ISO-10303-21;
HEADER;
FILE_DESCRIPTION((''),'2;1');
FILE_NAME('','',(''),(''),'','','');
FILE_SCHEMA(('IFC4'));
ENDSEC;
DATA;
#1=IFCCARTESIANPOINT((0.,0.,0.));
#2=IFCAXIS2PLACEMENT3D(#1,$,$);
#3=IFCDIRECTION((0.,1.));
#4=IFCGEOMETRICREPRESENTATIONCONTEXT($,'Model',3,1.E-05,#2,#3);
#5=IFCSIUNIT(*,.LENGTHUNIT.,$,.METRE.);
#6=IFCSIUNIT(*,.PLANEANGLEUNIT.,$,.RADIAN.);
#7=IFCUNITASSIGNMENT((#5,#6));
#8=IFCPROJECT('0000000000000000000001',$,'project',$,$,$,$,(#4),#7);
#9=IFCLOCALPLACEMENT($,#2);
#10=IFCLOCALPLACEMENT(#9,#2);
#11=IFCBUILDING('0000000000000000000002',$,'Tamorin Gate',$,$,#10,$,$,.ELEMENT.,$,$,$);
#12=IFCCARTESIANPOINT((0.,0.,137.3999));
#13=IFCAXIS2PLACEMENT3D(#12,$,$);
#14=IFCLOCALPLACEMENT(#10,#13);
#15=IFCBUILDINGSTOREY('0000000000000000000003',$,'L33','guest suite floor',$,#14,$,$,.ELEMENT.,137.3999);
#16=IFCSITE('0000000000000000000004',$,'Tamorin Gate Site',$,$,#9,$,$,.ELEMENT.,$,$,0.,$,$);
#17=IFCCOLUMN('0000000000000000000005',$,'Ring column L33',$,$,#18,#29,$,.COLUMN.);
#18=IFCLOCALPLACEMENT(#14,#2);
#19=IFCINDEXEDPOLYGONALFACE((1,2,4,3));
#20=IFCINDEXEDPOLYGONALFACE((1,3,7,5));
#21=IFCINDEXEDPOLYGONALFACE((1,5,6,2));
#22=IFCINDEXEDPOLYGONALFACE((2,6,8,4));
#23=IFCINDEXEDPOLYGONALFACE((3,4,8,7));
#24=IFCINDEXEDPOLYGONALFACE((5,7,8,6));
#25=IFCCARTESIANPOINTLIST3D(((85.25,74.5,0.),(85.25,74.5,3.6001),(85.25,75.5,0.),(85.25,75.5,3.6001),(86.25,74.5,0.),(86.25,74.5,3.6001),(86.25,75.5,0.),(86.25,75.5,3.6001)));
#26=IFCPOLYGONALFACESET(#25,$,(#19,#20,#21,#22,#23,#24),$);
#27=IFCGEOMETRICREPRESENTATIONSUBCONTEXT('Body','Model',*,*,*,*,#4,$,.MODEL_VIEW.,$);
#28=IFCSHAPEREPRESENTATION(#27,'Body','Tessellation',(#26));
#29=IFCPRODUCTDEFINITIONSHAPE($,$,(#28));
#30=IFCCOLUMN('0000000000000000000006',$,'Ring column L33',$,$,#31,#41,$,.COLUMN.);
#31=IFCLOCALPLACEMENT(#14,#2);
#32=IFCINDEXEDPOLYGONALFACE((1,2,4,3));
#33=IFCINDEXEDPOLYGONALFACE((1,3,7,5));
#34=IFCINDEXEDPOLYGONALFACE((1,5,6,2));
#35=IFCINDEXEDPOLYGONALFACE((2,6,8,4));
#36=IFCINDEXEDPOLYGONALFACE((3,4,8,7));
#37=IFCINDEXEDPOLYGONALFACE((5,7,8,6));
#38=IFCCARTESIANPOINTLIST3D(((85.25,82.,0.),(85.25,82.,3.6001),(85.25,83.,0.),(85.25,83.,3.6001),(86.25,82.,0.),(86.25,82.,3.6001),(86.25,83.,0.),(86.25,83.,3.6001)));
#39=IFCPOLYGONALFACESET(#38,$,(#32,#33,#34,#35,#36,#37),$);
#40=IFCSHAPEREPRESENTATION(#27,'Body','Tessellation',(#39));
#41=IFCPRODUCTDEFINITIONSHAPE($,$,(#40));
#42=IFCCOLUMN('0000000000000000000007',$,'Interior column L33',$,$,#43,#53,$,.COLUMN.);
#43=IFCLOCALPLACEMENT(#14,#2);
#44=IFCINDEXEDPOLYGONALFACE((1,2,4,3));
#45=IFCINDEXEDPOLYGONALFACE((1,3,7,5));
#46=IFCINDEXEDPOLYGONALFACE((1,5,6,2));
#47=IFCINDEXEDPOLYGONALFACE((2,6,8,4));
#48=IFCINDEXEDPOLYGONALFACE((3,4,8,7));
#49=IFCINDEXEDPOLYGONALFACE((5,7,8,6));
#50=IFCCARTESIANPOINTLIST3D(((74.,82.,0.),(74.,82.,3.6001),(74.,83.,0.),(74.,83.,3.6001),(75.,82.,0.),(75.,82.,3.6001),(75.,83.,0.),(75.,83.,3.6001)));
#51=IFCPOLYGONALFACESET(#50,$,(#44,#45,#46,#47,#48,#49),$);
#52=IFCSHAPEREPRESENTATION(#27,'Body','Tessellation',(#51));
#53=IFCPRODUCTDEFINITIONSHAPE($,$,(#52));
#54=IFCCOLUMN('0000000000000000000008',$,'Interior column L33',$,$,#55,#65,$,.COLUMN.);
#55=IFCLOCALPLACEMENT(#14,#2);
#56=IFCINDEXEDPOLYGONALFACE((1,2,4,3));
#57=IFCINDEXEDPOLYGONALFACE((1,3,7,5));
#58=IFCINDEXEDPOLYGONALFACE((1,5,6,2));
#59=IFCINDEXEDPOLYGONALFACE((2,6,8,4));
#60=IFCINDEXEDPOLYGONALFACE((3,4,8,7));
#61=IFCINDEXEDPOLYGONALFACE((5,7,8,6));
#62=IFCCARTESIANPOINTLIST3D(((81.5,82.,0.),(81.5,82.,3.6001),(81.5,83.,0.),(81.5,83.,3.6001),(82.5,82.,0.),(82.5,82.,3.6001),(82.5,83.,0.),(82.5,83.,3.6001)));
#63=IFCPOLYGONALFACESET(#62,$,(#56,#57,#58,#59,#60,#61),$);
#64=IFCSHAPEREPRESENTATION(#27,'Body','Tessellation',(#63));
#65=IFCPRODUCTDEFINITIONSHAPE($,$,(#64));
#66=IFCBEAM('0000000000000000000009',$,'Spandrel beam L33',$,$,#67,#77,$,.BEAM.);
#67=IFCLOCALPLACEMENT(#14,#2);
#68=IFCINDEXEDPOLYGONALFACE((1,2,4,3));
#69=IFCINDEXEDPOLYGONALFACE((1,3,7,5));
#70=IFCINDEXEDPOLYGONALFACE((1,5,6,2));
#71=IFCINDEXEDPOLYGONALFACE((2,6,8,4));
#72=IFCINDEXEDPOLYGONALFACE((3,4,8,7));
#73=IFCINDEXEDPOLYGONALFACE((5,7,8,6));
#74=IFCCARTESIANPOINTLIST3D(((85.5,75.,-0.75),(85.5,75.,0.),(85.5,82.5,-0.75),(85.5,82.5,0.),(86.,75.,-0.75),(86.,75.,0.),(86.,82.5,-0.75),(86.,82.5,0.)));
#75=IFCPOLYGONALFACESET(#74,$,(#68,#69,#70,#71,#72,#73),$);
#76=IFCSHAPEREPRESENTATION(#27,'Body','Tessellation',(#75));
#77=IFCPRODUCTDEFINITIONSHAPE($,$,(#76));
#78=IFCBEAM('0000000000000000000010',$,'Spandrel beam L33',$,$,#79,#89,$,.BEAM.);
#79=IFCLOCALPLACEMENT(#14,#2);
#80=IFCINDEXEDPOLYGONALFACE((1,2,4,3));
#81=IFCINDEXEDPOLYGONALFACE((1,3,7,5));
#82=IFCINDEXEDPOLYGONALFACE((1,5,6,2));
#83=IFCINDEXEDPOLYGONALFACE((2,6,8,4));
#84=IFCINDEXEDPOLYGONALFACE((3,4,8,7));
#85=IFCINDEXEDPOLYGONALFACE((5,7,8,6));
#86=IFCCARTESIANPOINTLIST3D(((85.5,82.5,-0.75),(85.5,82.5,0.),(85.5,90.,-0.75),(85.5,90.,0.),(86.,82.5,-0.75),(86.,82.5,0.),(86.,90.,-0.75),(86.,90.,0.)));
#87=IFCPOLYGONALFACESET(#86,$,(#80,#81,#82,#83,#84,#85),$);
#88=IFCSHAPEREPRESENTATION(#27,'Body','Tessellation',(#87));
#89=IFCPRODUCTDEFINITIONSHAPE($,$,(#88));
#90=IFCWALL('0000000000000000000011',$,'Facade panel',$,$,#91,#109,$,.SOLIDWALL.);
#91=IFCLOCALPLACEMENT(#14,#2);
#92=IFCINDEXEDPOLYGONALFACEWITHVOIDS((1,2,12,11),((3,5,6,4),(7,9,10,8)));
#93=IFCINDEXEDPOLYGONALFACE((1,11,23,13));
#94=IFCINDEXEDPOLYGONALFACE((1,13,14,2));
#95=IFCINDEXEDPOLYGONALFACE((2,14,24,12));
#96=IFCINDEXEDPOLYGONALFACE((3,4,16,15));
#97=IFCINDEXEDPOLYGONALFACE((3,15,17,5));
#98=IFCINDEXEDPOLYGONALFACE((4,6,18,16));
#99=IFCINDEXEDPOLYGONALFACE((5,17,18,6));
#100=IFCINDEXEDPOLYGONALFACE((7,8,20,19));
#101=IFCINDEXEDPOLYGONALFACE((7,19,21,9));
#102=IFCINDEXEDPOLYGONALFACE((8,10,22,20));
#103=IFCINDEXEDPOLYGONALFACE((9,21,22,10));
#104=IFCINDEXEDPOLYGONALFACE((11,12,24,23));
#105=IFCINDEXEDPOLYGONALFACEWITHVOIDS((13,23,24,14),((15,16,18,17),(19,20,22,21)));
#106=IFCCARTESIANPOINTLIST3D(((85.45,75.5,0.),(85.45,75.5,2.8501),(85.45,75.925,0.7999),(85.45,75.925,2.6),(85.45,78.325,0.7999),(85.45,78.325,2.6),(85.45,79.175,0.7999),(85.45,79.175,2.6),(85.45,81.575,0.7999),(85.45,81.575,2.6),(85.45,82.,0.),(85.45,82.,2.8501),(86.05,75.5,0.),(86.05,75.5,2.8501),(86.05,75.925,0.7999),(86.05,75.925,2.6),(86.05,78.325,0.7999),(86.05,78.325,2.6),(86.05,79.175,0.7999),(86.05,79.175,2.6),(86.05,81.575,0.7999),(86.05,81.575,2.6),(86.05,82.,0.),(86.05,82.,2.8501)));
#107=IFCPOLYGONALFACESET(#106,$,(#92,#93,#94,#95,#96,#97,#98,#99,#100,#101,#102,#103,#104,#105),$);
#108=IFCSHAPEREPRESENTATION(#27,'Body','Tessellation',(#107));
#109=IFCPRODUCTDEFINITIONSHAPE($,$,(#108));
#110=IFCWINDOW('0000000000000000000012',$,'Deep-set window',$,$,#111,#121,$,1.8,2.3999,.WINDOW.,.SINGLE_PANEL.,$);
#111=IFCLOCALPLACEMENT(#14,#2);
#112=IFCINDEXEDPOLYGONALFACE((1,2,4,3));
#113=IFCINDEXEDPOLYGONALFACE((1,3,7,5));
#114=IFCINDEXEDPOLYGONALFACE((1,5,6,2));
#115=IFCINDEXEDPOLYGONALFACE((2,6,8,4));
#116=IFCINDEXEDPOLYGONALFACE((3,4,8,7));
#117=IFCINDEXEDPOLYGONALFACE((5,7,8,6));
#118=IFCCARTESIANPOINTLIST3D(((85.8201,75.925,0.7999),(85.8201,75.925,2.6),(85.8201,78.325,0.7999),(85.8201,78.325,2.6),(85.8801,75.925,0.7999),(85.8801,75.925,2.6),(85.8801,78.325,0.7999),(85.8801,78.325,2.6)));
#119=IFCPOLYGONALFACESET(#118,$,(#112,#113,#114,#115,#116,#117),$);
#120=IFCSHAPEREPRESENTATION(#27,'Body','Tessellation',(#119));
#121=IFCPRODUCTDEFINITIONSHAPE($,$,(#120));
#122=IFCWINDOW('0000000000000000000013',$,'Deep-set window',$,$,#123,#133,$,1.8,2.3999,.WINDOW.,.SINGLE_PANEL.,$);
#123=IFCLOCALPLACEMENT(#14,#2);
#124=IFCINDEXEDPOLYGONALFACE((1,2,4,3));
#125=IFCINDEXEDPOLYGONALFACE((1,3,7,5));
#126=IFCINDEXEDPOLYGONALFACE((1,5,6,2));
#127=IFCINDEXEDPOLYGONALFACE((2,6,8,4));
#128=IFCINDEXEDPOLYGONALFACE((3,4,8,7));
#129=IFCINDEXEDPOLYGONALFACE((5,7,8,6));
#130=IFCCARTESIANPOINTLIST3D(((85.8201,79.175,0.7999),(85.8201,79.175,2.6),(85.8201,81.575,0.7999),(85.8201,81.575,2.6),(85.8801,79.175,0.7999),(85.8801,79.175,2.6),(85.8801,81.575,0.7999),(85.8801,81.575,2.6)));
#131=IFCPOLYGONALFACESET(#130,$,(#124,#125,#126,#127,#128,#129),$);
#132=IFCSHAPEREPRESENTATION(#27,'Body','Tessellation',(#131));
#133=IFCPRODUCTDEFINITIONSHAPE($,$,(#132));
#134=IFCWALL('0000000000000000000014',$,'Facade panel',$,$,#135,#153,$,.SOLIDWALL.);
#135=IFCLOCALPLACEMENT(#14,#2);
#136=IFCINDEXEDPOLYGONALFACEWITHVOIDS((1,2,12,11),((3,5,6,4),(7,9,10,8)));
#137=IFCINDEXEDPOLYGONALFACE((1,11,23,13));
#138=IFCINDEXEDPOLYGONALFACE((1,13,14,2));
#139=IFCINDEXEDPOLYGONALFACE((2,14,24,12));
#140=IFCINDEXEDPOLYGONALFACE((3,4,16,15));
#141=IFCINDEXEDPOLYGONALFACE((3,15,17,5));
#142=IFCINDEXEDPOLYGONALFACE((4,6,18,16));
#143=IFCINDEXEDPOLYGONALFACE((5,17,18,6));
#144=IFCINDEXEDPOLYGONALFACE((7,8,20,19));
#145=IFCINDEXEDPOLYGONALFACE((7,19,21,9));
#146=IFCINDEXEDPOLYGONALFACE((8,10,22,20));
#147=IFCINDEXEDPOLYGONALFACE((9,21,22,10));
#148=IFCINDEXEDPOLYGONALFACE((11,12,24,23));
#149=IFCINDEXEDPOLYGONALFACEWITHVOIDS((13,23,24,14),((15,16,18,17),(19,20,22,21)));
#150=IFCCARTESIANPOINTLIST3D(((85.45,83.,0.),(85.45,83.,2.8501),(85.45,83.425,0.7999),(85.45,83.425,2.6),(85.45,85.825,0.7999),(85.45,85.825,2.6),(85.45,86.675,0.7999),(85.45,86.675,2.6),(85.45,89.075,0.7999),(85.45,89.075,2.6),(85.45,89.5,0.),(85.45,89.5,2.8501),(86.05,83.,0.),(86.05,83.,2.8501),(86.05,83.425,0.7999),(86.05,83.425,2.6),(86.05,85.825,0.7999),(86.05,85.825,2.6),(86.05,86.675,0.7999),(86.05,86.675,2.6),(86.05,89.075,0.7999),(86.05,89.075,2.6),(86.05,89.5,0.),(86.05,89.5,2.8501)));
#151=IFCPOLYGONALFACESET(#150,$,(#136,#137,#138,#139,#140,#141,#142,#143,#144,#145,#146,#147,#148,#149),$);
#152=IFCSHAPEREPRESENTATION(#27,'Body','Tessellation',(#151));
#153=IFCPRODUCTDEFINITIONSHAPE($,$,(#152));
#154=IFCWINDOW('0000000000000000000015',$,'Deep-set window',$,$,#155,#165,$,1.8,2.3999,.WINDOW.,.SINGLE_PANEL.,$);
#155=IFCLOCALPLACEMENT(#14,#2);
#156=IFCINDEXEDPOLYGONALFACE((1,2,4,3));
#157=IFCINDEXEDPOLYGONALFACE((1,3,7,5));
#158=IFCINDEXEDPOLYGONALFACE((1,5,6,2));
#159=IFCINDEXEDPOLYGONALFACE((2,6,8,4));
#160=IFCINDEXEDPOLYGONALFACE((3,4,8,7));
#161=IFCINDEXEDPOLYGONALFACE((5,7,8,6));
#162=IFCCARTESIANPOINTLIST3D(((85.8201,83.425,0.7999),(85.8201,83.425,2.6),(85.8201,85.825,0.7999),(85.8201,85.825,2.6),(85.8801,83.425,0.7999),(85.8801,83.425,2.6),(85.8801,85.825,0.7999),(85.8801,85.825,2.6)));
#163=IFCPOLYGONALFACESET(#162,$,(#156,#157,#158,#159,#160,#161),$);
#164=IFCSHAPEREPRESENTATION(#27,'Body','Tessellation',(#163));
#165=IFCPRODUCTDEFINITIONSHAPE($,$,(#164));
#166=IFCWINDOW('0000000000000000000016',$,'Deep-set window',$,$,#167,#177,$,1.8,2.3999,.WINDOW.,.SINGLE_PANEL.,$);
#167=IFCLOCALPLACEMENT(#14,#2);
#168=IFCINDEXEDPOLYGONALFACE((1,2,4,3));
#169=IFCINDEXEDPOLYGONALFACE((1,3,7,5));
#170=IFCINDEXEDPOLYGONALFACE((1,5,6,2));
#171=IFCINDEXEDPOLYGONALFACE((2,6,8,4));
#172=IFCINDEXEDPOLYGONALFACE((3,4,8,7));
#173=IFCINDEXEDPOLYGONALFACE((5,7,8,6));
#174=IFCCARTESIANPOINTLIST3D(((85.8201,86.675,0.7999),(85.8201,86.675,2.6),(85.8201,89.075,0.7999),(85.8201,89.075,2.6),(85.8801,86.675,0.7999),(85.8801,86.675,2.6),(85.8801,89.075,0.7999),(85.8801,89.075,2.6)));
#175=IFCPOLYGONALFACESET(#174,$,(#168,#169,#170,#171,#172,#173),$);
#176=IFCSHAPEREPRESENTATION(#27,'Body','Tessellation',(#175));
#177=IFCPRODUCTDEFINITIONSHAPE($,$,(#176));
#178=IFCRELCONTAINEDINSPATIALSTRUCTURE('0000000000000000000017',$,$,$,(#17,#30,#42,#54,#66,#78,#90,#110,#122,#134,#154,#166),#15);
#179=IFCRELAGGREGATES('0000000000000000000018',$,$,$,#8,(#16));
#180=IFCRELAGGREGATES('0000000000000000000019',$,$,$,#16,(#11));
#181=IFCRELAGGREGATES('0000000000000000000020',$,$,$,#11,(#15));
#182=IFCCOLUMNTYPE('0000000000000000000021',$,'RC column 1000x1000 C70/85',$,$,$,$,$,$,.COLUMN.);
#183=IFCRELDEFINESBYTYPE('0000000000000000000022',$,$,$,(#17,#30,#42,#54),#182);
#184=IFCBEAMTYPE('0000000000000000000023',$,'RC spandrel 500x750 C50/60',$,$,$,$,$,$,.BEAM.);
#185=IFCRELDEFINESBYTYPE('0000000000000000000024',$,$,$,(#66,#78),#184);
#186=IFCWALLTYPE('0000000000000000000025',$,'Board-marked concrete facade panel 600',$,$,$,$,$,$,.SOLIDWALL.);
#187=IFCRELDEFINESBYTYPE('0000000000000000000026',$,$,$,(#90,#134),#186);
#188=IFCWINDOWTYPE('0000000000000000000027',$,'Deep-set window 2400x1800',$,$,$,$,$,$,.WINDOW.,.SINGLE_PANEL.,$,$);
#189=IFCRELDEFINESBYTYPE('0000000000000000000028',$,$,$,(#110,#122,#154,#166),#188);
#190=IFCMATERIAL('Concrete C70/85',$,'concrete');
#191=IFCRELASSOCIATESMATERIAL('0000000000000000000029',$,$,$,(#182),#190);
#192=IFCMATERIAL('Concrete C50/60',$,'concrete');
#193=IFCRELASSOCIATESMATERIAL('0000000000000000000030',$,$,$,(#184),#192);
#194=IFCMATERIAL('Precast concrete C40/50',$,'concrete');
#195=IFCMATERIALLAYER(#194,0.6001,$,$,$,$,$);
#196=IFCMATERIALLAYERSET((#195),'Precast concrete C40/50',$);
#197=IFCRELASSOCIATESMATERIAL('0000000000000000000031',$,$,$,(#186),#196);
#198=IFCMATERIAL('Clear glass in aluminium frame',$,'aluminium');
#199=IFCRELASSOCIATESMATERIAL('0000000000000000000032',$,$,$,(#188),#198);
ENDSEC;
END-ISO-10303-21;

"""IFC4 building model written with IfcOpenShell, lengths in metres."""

from ifc_helpers import new_model, si_unit, direction, frame, frame_2d, origin, origin_2d, place, context, subcontext, project, spatial, rectangle, extrude, material, layer, layer_set, material_profile, profile_set, type_object, element, fill, save


model = new_model("IFC4")

# Units and contexts
model_context = context("Model", 3, precision=1e-05, world=origin(), true_north=direction((0.0, 1.0)))
body_context = subcontext(model_context, "Body", "Model", "MODEL_VIEW")
ifc_project = project(units=[si_unit("LENGTHUNIT", "METRE"), si_unit("PLANEANGLEUNIT", "RADIAN")], contexts=[model_context])

# Site, building, storey
site_placement = place(None, origin())
site = spatial("IfcSite", under=ifc_project, at=site_placement, Name="Tamorin Gate Site", CompositionType="ELEMENT", RefElevation=0.0)
building_placement = place(site_placement, origin())
building = spatial("IfcBuilding", under=site, at=building_placement, Name="Tamorin Gate", CompositionType="ELEMENT")
storey_placement = place(building_placement, frame((0.0, 0.0, 137.3999)))
storey = spatial("IfcBuildingStorey", under=building, at=storey_placement, Name="L33", Description="guest suite floor", CompositionType="ELEMENT", Elevation=137.3999)

# Columns
ifc_material_1 = material(Name="Concrete C70/85", Category="concrete")
ifc_material_profile_1 = material_profile(ifc_material_1, rectangle(XDim=1.0, YDim=1.0, at=origin_2d()), Name="RC 1000x1000")
ifc_profile_set_1 = profile_set([ifc_material_profile_1], Name="Concrete C70/85")
column_type = type_object("IfcColumnType", Name="RC column 1000x1000 C70/85", PredefinedType="COLUMN", material=ifc_profile_set_1)
for number, where, z_axis, x_axis, name in (
    (1, (85.75, 75.0, 0.0), (0.0, 0.0, 1.0), (1.0, 0.0, 0.0), "Ring column L33"),
    (2, (85.75, 82.5, 0.0), (0.0, 0.0, 1.0), (1.0, 0.0, 0.0), "Ring column L33"),
    (3, (74.5, 82.5, 0.0), (0.0, 0.0, 1.0), (1.0, 0.0, 0.0), "Interior column L33"),
    (4, (82.0, 82.5, 0.0), (0.0, 0.0, 1.0), (1.0, 0.0, 0.0), "Interior column L33"),
):
    element("IfcColumn", number, at=place(storey_placement, frame(where, z_axis=z_axis, x_axis=x_axis)), inside=storey, type_object=column_type, Name=name, PredefinedType="COLUMN", context=body_context, shape_type="SweptSolid", body=[
        extrude(rectangle(XDim=1.0, YDim=1.0, at=origin_2d()), origin(), (0.0, 0.0, 1.0), 3.6001),
    ])

# Beams
ifc_material_2 = material(Name="Concrete C50/60", Category="concrete")
ifc_material_profile_2 = material_profile(ifc_material_2, rectangle(XDim=0.5, YDim=0.75, at=origin_2d()), Name="RC 500x750")
ifc_profile_set_2 = profile_set([ifc_material_profile_2], Name="Concrete C50/60")
beam_type = type_object("IfcBeamType", Name="RC spandrel 500x750 C50/60", PredefinedType="BEAM", material=ifc_profile_set_2)
for number, where, z_axis, x_axis, name in (
    (5, (85.75, 75.0, -0.375), (0.0, 1.0, 0.0), (-1.0, 0.0, 0.0), "Spandrel beam L33"),
    (6, (85.75, 82.5, -0.375), (0.0, 1.0, 0.0), (-1.0, 0.0, 0.0), "Spandrel beam L33"),
):
    element("IfcBeam", number, at=place(storey_placement, frame(where, z_axis=z_axis, x_axis=x_axis)), inside=storey, type_object=beam_type, Name=name, PredefinedType="BEAM", context=body_context, shape_type="SweptSolid", body=[
        extrude(rectangle(XDim=0.5, YDim=0.75, at=origin_2d()), origin(), (0.0, 0.0, 1.0), 7.5),
    ])

# Walls, openings, windows
ifc_material_3 = material(Name="Precast concrete C40/50", Category="concrete")
ifc_layer_1 = layer(ifc_material_3, 0.6001)
ifc_layer_set_1 = layer_set([ifc_layer_1], Name="Precast concrete C40/50")
wall_type_1 = type_object("IfcWallType", Name="Board-marked concrete facade panel 600", PredefinedType="SOLIDWALL", material=ifc_layer_set_1)
wall_1_placement = place(storey_placement, frame((85.75, 75.5, 0.0), z_axis=(0.0, 0.0, 1.0), x_axis=(0.0, 1.0, 0.0)))
wall_1 = element("IfcWall", 7, at=wall_1_placement, inside=storey, type_object=wall_type_1, Name="Facade panel", PredefinedType="SOLIDWALL", context=body_context, shape_type="SweptSolid", body=[
    extrude(rectangle(XDim=6.5, YDim=0.6001, at=frame_2d((3.25, 0.0))), origin(), (0.0, 0.0, 1.0), 2.8501),
])
opening_1_placement = place(wall_1_placement, frame((0.425, 0.0, 0.8)))
opening_1 = element("IfcOpeningElement", 8, at=opening_1_placement, cuts=wall_1, PredefinedType="OPENING", context=body_context, shape_type="SweptSolid", body=[
    extrude(rectangle(XDim=2.3999, YDim=1.8, at=frame_2d((1.2, 0.8999))), frame((0.0, 0.3101, 0.0), z_axis=(0.0, -1.0, 0.0), x_axis=(1.0, 0.0, 0.0)), (0.0, 0.0, 1.0), 0.6201),
])
opening_2_placement = place(wall_1_placement, frame((3.675, 0.0, 0.8)))
opening_2 = element("IfcOpeningElement", 9, at=opening_2_placement, cuts=wall_1, PredefinedType="OPENING", context=body_context, shape_type="SweptSolid", body=[
    extrude(rectangle(XDim=2.3999, YDim=1.8, at=frame_2d((1.2, 0.8999))), frame((0.0, 0.3101, 0.0), z_axis=(0.0, -1.0, 0.0), x_axis=(1.0, 0.0, 0.0)), (0.0, 0.0, 1.0), 0.6201),
])
ifc_material_4 = material(Name="Clear glass in aluminium frame", Category="aluminium")
window_type = type_object("IfcWindowType", Name="Deep-set window 2400x1800", PartitioningType="SINGLE_PANEL", PredefinedType="WINDOW", material=ifc_material_4)
window_1_placement = place(opening_1_placement, origin())
window_1 = element("IfcWindow", 10, at=window_1_placement, inside=storey, type_object=window_type, Name="Deep-set window", OverallHeight=1.8, OverallWidth=2.3999, PartitioningType="SINGLE_PANEL", PredefinedType="WINDOW", context=body_context, shape_type="SweptSolid", body=[
    extrude(rectangle(XDim=2.3999, YDim=1.8, at=frame_2d((1.2, 0.8999))), frame((0.0, -0.0701, 0.0), z_axis=(0.0, -1.0, 0.0), x_axis=(1.0, 0.0, 0.0)), (0.0, 0.0, 1.0), 0.0601),
])
fill(opening_1, window_1)
window_2_placement = place(opening_2_placement, origin())
window_2 = element("IfcWindow", 11, at=window_2_placement, inside=storey, type_object=window_type, Name="Deep-set window", OverallHeight=1.8, OverallWidth=2.3999, PartitioningType="SINGLE_PANEL", PredefinedType="WINDOW", context=body_context, shape_type="SweptSolid", body=[
    extrude(rectangle(XDim=2.3999, YDim=1.8, at=frame_2d((1.2, 0.8999))), frame((0.0, -0.0701, 0.0), z_axis=(0.0, -1.0, 0.0), x_axis=(1.0, 0.0, 0.0)), (0.0, 0.0, 1.0), 0.0601),
])
fill(opening_2, window_2)
wall_2_placement = place(storey_placement, frame((85.75, 83.0, 0.0), z_axis=(0.0, 0.0, 1.0), x_axis=(0.0, 1.0, 0.0)))
wall_2 = element("IfcWall", 12, at=wall_2_placement, inside=storey, type_object=wall_type_1, Name="Facade panel", PredefinedType="SOLIDWALL", context=body_context, shape_type="SweptSolid", body=[
    extrude(rectangle(XDim=6.5, YDim=0.6001, at=frame_2d((3.25, 0.0))), origin(), (0.0, 0.0, 1.0), 2.8501),
])
opening_3_placement = place(wall_2_placement, frame((0.425, 0.0, 0.8)))
opening_3 = element("IfcOpeningElement", 13, at=opening_3_placement, cuts=wall_2, PredefinedType="OPENING", context=body_context, shape_type="SweptSolid", body=[
    extrude(rectangle(XDim=2.3999, YDim=1.8, at=frame_2d((1.2, 0.8999))), frame((0.0, 0.3101, 0.0), z_axis=(0.0, -1.0, 0.0), x_axis=(1.0, 0.0, 0.0)), (0.0, 0.0, 1.0), 0.6201),
])
opening_4_placement = place(wall_2_placement, frame((3.675, 0.0, 0.8)))
opening_4 = element("IfcOpeningElement", 14, at=opening_4_placement, cuts=wall_2, PredefinedType="OPENING", context=body_context, shape_type="SweptSolid", body=[
    extrude(rectangle(XDim=2.3999, YDim=1.8, at=frame_2d((1.2, 0.8999))), frame((0.0, 0.3101, 0.0), z_axis=(0.0, -1.0, 0.0), x_axis=(1.0, 0.0, 0.0)), (0.0, 0.0, 1.0), 0.6201),
])
window_3_placement = place(opening_3_placement, origin())
window_3 = element("IfcWindow", 15, at=window_3_placement, inside=storey, type_object=window_type, Name="Deep-set window", OverallHeight=1.8, OverallWidth=2.3999, PartitioningType="SINGLE_PANEL", PredefinedType="WINDOW", context=body_context, shape_type="SweptSolid", body=[
    extrude(rectangle(XDim=2.3999, YDim=1.8, at=frame_2d((1.2, 0.8999))), frame((0.0, -0.0701, 0.0), z_axis=(0.0, -1.0, 0.0), x_axis=(1.0, 0.0, 0.0)), (0.0, 0.0, 1.0), 0.0601),
])
fill(opening_3, window_3)
window_4_placement = place(opening_4_placement, origin())
window_4 = element("IfcWindow", 16, at=window_4_placement, inside=storey, type_object=window_type, Name="Deep-set window", OverallHeight=1.8, OverallWidth=2.3999, PartitioningType="SINGLE_PANEL", PredefinedType="WINDOW", context=body_context, shape_type="SweptSolid", body=[
    extrude(rectangle(XDim=2.3999, YDim=1.8, at=frame_2d((1.2, 0.8999))), frame((0.0, -0.0701, 0.0), z_axis=(0.0, -1.0, 0.0), x_axis=(1.0, 0.0, 0.0)), (0.0, 0.0, 1.0), 0.0601),
])
fill(opening_4, window_4)

save(model, "model.ifc")
